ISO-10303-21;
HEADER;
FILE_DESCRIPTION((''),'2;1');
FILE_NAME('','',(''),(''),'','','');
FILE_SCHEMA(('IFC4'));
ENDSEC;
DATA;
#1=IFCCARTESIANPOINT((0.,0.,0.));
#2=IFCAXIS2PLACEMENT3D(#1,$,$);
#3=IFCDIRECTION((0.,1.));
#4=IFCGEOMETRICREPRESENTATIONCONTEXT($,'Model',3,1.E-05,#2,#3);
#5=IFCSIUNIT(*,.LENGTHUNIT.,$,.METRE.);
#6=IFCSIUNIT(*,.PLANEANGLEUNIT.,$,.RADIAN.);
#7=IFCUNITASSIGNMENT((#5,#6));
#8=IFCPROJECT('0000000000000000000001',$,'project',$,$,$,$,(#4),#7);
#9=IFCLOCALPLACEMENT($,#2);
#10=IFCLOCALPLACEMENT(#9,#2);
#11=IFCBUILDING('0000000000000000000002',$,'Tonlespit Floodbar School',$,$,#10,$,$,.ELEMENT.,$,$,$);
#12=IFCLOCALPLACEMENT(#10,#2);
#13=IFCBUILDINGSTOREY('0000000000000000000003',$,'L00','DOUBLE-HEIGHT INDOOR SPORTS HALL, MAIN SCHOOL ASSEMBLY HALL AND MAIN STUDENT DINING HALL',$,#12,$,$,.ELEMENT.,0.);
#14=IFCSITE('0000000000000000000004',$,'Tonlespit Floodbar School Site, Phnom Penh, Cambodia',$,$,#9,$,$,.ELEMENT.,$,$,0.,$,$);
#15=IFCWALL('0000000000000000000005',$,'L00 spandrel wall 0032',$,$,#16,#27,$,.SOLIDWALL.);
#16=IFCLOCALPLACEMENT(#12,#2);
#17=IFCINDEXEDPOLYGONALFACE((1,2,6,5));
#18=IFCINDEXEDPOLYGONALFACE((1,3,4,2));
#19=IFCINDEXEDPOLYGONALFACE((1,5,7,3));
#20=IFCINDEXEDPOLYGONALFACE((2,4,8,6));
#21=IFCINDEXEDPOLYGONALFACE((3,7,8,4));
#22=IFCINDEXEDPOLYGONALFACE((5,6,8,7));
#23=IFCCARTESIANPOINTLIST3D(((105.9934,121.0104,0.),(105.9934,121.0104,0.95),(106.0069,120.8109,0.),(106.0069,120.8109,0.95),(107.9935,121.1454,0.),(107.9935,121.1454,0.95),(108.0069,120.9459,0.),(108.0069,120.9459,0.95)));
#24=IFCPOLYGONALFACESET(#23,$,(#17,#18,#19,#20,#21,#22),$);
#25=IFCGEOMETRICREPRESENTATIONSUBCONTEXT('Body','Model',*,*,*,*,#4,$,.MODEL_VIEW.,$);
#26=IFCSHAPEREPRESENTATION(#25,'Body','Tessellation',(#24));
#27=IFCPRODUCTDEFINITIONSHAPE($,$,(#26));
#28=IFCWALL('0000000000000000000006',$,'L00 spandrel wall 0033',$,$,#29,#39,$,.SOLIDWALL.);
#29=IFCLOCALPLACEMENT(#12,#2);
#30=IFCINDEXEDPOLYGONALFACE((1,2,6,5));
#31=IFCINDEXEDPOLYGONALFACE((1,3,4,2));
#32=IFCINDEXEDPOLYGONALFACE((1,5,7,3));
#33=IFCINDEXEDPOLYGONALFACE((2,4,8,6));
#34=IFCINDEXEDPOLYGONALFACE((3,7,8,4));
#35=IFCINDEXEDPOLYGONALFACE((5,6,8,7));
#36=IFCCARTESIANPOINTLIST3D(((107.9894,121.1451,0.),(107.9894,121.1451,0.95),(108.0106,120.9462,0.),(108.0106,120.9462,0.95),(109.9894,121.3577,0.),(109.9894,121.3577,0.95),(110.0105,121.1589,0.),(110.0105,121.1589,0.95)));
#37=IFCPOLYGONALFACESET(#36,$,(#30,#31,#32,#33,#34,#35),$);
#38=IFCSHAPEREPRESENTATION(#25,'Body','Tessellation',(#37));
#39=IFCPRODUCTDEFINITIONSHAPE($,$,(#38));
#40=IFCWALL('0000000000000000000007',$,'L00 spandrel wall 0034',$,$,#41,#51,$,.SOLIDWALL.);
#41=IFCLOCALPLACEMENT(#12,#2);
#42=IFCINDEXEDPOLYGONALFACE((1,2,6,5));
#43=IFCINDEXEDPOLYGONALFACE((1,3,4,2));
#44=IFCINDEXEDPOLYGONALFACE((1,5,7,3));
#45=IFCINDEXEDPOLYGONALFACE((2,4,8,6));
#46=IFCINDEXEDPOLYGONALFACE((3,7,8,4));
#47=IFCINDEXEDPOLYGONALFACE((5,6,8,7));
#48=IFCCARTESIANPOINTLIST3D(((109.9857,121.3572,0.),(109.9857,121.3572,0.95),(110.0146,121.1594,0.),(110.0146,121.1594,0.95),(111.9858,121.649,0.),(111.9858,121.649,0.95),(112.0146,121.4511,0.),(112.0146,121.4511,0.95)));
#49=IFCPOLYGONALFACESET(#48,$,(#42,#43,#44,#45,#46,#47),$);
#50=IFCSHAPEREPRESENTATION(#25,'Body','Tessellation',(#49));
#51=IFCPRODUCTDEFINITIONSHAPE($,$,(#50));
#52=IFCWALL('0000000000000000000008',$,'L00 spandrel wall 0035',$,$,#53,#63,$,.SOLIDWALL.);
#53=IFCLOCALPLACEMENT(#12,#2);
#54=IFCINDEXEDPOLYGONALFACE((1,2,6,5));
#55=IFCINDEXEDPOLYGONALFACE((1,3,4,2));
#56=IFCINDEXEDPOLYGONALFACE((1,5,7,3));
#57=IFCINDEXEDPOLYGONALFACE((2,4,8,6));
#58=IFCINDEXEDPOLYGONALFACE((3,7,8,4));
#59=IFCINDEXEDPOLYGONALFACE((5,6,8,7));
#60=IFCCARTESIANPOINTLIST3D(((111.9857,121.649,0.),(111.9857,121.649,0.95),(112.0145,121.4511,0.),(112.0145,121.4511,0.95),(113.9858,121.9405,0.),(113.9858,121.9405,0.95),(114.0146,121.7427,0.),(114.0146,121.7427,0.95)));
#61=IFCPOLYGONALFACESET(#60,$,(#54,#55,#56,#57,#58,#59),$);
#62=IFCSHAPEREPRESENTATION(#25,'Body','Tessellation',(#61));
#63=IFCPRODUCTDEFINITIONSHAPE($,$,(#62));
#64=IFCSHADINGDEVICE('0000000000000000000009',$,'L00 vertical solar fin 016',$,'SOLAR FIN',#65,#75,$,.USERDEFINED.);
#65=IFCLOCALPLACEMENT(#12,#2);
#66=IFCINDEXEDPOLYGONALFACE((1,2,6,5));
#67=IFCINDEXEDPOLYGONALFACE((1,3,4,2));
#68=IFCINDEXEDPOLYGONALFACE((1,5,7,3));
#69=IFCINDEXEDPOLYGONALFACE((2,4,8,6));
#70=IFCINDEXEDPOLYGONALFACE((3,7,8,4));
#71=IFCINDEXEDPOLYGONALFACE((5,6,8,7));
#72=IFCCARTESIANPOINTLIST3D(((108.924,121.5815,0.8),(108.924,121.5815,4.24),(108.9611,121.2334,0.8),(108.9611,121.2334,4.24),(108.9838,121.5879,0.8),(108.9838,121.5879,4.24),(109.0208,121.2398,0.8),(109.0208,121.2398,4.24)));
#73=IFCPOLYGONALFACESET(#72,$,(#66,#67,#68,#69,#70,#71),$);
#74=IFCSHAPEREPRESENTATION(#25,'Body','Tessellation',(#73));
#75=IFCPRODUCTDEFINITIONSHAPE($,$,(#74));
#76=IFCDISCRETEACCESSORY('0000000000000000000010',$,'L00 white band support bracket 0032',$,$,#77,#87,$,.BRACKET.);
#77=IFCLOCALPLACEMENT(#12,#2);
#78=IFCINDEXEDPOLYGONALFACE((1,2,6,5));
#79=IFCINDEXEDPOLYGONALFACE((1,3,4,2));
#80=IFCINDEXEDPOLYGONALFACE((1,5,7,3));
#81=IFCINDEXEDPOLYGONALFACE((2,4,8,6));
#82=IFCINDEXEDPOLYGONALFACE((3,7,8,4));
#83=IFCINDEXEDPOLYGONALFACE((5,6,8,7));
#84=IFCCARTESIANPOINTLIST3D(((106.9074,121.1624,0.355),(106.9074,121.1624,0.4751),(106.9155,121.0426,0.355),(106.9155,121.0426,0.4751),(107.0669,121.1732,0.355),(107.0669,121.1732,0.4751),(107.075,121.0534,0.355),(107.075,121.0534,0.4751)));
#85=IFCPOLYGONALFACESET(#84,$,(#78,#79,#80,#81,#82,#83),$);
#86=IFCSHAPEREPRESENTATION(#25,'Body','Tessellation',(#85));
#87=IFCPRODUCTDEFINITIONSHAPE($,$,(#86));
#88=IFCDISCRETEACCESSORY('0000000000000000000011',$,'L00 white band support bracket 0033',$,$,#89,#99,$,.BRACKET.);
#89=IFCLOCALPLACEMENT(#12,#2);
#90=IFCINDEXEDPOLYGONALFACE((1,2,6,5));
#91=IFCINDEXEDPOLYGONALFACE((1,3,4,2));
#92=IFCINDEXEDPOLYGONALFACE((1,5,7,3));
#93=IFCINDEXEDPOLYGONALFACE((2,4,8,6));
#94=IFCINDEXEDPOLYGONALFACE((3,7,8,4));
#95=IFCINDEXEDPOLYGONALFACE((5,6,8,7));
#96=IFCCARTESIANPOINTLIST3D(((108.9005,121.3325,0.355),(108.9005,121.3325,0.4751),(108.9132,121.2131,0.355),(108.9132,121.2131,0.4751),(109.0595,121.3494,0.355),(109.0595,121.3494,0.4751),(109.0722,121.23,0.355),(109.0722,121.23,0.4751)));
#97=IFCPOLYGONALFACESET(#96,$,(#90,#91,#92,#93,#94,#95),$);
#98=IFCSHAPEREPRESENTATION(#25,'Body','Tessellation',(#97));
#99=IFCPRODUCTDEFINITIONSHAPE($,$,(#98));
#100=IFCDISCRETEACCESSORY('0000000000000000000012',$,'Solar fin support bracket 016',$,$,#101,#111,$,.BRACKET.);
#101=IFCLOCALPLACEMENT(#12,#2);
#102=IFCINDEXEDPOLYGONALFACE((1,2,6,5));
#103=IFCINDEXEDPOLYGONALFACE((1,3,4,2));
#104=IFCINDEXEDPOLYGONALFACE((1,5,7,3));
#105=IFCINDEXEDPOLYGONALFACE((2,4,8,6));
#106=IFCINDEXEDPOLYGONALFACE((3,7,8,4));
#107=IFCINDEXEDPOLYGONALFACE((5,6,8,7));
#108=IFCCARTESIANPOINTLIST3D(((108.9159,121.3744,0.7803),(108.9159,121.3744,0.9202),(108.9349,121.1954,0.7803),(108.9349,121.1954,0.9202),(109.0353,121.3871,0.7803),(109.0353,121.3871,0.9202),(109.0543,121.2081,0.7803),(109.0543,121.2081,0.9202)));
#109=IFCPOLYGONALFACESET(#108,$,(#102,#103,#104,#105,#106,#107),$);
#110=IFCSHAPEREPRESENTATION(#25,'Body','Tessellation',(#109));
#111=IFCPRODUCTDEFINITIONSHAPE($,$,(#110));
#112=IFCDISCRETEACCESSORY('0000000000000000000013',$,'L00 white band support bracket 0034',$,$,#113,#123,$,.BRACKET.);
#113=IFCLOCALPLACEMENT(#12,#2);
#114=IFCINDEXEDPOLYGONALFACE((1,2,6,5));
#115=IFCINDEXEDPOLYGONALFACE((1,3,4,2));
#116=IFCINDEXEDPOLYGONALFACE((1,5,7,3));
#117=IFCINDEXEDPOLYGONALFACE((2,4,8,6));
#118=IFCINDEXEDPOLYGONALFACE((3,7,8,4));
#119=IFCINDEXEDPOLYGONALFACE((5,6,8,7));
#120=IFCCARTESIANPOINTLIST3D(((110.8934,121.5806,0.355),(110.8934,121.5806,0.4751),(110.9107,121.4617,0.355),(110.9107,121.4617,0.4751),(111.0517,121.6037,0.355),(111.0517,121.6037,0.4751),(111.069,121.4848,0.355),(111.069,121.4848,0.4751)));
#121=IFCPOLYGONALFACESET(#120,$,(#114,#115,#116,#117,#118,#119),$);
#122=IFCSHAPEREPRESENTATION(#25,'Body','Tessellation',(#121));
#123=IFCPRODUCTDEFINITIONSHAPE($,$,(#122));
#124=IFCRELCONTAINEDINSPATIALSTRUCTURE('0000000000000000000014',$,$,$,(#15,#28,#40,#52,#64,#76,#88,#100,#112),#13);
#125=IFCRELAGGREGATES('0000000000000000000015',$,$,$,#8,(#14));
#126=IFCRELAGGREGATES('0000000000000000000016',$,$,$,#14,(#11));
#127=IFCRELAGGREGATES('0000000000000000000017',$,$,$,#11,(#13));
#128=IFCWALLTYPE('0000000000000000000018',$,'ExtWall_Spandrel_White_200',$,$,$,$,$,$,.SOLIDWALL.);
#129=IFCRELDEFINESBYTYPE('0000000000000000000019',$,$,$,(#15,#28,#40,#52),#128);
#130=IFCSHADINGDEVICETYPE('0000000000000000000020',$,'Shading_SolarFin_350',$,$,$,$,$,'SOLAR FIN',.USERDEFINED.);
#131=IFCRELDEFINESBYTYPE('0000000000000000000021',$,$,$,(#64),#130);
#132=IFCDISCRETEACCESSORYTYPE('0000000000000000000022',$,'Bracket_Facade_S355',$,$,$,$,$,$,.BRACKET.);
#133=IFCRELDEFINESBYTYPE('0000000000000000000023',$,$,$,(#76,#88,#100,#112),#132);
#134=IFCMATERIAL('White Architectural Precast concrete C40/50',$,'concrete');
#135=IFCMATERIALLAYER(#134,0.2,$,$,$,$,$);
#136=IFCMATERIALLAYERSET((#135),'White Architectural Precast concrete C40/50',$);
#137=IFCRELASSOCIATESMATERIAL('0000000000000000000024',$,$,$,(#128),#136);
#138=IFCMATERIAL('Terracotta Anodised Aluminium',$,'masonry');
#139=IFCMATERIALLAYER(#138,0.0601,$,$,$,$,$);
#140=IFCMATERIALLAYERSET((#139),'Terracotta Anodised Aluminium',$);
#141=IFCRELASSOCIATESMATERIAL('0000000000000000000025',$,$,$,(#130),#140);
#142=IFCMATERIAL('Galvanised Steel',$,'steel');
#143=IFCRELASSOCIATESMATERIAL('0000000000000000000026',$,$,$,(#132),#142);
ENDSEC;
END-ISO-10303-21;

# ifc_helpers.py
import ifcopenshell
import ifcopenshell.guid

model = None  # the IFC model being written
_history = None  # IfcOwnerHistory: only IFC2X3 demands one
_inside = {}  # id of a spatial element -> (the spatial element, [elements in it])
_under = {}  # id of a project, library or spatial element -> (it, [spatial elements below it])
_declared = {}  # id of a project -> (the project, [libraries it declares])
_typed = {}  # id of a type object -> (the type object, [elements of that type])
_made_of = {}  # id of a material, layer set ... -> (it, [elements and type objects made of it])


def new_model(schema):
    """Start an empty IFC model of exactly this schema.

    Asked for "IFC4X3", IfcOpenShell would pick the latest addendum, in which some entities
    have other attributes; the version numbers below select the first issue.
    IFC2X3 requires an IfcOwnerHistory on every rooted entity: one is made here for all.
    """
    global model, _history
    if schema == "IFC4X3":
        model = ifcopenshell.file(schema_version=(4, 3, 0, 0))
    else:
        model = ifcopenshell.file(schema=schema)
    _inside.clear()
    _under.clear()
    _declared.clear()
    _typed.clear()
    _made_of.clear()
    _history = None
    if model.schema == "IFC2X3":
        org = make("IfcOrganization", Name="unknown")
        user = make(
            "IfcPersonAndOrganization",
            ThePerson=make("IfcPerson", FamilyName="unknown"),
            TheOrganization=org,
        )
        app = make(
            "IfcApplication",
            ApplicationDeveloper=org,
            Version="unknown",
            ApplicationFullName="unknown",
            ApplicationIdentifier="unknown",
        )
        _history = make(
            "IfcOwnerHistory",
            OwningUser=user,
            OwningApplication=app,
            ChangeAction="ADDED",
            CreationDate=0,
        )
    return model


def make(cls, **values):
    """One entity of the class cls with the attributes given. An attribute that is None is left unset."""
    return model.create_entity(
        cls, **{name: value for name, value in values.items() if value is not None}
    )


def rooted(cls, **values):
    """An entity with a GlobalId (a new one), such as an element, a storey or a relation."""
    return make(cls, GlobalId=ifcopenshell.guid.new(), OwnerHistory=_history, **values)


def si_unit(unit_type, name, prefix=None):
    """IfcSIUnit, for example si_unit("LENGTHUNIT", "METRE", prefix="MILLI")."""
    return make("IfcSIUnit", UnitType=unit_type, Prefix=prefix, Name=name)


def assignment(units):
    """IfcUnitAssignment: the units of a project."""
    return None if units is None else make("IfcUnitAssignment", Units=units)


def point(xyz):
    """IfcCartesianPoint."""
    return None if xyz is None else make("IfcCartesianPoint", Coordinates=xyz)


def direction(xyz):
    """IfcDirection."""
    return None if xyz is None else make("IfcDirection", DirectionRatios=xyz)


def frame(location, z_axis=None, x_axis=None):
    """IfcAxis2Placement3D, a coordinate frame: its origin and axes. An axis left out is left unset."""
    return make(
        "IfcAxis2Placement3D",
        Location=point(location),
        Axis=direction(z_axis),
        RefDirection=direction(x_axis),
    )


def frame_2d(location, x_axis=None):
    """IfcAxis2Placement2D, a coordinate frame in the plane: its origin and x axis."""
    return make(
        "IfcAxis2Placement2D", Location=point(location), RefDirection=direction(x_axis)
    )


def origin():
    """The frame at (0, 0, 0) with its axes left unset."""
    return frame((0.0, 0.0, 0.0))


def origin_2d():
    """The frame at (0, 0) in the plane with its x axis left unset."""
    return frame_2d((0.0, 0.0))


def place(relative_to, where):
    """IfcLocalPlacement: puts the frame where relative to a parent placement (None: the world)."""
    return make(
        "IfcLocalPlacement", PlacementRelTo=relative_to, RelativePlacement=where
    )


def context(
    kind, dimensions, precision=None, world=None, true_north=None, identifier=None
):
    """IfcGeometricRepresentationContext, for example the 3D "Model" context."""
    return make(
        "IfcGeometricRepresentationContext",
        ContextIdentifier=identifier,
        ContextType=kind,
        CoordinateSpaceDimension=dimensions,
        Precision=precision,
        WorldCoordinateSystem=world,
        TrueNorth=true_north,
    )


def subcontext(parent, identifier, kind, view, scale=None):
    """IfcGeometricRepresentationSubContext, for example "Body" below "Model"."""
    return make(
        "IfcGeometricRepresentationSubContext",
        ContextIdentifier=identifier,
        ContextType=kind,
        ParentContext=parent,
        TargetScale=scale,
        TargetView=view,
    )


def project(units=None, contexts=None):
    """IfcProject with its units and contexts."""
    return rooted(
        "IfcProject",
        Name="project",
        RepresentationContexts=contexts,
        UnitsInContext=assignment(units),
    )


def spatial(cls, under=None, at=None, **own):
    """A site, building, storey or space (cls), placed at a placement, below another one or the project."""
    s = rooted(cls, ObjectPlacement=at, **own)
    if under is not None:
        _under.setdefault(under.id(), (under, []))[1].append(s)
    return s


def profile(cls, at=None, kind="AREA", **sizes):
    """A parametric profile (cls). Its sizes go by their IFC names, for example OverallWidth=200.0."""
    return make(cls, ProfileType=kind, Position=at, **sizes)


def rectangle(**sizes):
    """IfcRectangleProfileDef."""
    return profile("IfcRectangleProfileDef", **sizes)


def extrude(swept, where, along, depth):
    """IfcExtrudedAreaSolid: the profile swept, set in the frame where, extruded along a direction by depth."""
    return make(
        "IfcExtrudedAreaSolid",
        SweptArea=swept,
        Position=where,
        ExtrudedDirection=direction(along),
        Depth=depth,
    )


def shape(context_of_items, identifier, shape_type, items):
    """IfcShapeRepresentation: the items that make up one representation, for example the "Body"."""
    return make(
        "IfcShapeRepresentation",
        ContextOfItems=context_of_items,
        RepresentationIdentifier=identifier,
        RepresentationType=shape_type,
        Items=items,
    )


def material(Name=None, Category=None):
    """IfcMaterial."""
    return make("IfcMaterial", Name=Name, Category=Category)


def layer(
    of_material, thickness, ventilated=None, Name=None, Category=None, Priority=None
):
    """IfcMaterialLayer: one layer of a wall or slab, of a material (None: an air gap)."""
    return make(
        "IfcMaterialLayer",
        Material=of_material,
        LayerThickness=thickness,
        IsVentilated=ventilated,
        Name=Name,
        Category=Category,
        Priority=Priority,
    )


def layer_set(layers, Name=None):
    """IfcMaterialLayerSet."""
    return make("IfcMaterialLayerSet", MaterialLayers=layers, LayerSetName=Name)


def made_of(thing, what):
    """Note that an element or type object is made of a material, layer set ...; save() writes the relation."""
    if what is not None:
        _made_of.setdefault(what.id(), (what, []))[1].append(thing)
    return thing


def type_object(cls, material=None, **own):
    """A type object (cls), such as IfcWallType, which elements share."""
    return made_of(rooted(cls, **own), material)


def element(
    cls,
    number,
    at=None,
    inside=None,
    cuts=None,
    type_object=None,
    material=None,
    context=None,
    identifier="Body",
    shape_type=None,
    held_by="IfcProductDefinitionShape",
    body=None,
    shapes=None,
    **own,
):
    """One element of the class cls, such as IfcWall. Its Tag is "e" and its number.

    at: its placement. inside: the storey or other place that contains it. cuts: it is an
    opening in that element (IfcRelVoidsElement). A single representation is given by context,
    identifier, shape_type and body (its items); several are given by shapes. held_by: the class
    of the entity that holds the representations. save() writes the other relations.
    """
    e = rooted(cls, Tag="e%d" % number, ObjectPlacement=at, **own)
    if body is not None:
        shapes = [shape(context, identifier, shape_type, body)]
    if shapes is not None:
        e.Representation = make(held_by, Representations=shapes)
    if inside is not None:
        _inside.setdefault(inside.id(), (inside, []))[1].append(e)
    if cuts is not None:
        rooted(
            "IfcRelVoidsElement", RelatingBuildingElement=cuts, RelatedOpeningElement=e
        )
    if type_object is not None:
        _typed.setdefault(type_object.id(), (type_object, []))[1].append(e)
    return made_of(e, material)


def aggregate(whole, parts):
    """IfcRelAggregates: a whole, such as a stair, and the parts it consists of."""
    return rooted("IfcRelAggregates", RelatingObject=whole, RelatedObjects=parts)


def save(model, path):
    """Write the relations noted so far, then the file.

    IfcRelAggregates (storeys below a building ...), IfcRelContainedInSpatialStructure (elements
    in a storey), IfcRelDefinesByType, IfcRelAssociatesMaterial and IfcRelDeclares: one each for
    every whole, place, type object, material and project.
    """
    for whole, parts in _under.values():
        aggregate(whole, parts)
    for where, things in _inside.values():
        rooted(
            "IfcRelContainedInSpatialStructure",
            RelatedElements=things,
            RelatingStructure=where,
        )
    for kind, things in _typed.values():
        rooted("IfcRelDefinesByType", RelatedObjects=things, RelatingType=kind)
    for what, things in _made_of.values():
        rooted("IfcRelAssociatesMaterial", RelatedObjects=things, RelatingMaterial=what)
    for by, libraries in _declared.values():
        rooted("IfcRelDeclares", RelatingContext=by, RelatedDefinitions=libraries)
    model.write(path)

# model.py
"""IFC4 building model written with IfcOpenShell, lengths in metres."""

from ifc_helpers import new_model, si_unit, direction, frame, frame_2d, origin, origin_2d, place, context, subcontext, project, spatial, rectangle, extrude, material, layer, layer_set, type_object, element, save


model = new_model("IFC4")

# Units and contexts
model_context = context("Model", 3, precision=1e-05, world=origin(), true_north=direction((0.0, 1.0)))
body_context = subcontext(model_context, "Body", "Model", "MODEL_VIEW")
ifc_project = project(units=[si_unit("LENGTHUNIT", "METRE"), si_unit("PLANEANGLEUNIT", "RADIAN")], contexts=[model_context])

# Site, building, storey
site_placement = place(None, origin())
site = spatial("IfcSite", under=ifc_project, at=site_placement, Name="Tonlespit Floodbar School Site, Phnom Penh, Cambodia", CompositionType="ELEMENT", RefElevation=0.0)
building_placement = place(site_placement, origin())
building = spatial("IfcBuilding", under=site, at=building_placement, Name="Tonlespit Floodbar School", CompositionType="ELEMENT")
storey_placement = place(building_placement, origin())
storey = spatial("IfcBuildingStorey", under=building, at=storey_placement, Name="L00", Description="DOUBLE-HEIGHT INDOOR SPORTS HALL, MAIN SCHOOL ASSEMBLY HALL AND MAIN STUDENT DINING HALL", CompositionType="ELEMENT", Elevation=0.0)

# Walls
ifc_material_1 = material(Name="White Architectural Precast concrete C40/50", Category="concrete")
ifc_layer_1 = layer(ifc_material_1, 0.2)
ifc_layer_set_1 = layer_set([ifc_layer_1], Name="White Architectural Precast concrete C40/50")
wall_type = type_object("IfcWallType", Name="ExtWall_Spandrel_White_200", PredefinedType="SOLIDWALL", material=ifc_layer_set_1)
wall_1_placement = place(storey_placement, frame((106.0, 120.9106, 0.0), z_axis=(0.0, 0.0, 1.0), x_axis=(0.997729, 0.067352, 0.0)))
element("IfcWall", 1, at=wall_1_placement, inside=storey, type_object=wall_type, Name="L00 spandrel wall 0032", PredefinedType="SOLIDWALL", context=body_context, shape_type="SweptSolid", body=[
    extrude(rectangle(XDim=2.0046, YDim=0.2, at=frame_2d((1.0024, 0.0))), origin(), (0.0, 0.0, 1.0), 0.95),
])
wall_2_placement = place(storey_placement, frame((108.0, 121.0457, 0.0), z_axis=(0.0, 0.0, 1.0), x_axis=(0.994395, 0.105727, 0.0)))
element("IfcWall", 2, at=wall_2_placement, inside=storey, type_object=wall_type, Name="L00 spandrel wall 0033", PredefinedType="SOLIDWALL", context=body_context, shape_type="SweptSolid", body=[
    extrude(rectangle(XDim=2.0112, YDim=0.2, at=frame_2d((1.0056, 0.0))), origin(), (0.0, 0.0, 1.0), 0.95),
])
for number, where, z_axis, x_axis, name in (
    (3, (110.0, 121.2583, 0.0), (0.0, 0.0, 1.0), (0.989527, 0.144346, 0.0), "L00 spandrel wall 0034"),
    (4, (112.0, 121.55, 0.0), (0.0, 0.0, 1.0), (0.989544, 0.144228, 0.0), "L00 spandrel wall 0035"),
):
    element("IfcWall", number, at=place(storey_placement, frame(where, z_axis=z_axis, x_axis=x_axis)), inside=storey, type_object=wall_type, Name=name, PredefinedType="SOLIDWALL", context=body_context, shape_type="SweptSolid", body=[
        extrude(rectangle(XDim=2.0212, YDim=0.2, at=frame_2d((1.0107, 0.0))), origin(), (0.0, 0.0, 1.0), 0.95),
    ])

# Shading device
ifc_material_2 = material(Name="Terracotta Anodised Aluminium", Category="masonry")
ifc_layer_2 = layer(ifc_material_2, 0.0601)
ifc_layer_set_2 = layer_set([ifc_layer_2], Name="Terracotta Anodised Aluminium")
shading_device_type = type_object("IfcShadingDeviceType", Name="Shading_SolarFin_350", ElementType="SOLAR FIN", PredefinedType="USERDEFINED", material=ifc_layer_set_2)
shading_device_placement = place(storey_placement, frame((108.9724, 121.4106, 0.8), z_axis=(0.0, 0.0, 1.0), x_axis=(0.994392, 0.105754, 0.0)))
element("IfcShadingDevice", 5, at=shading_device_placement, inside=storey, type_object=shading_device_type, Name="L00 vertical solar fin 016", ObjectType="SOLAR FIN", PredefinedType="USERDEFINED", context=body_context, shape_type="SweptSolid", body=[
    extrude(rectangle(XDim=0.0601, YDim=0.3501, at=origin_2d()), origin(), (0.0, 0.0, 1.0), 3.4399),
])

# Discrete accessories
ifc_material_3 = material(Name="Galvanised Steel", Category="steel")
discrete_accessory_type = type_object("IfcDiscreteAccessoryType", Name="Bracket_Facade_S355", PredefinedType="BRACKET", material=ifc_material_3)
for number, where, z_axis, x_axis, name in (
    (6, (106.9912, 121.1079, 0.355), (0.0, 0.0, 1.0), (0.99773, 0.067347, 0.0), "L00 white band support bracket 0032"),
    (7, (108.9863, 121.2812, 0.355), (0.0, 0.0, 1.0), (0.994392, 0.105754, 0.0), "L00 white band support bracket 0033"),
):
    element("IfcDiscreteAccessory", number, at=place(storey_placement, frame(where, z_axis=z_axis, x_axis=x_axis)), inside=storey, type_object=discrete_accessory_type, Name=name, PredefinedType="BRACKET", context=body_context, shape_type="SweptSolid", body=[
        extrude(rectangle(XDim=0.1599, YDim=0.1201, at=origin_2d()), origin(), (0.0, 0.0, 1.0), 0.1201),
    ])
discrete_accessory_1_placement = place(storey_placement, frame((108.9851, 121.2913, 0.7803), z_axis=(0.0, 0.0, 1.0), x_axis=(0.994392, 0.105754, 0.0)))
element("IfcDiscreteAccessory", 8, at=discrete_accessory_1_placement, inside=storey, type_object=discrete_accessory_type, Name="Solar fin support bracket 016", PredefinedType="BRACKET", context=body_context, shape_type="SweptSolid", body=[
    extrude(rectangle(XDim=0.1201, YDim=0.1799, at=origin_2d()), origin(), (0.0, 0.0, 1.0), 0.1399),
])
discrete_accessory_2_placement = place(storey_placement, frame((110.9812, 121.5327, 0.355), z_axis=(0.0, 0.0, 1.0), x_axis=(0.989538, 0.144275, 0.0)))
element("IfcDiscreteAccessory", 9, at=discrete_accessory_2_placement, inside=storey, type_object=discrete_accessory_type, Name="L00 white band support bracket 0034", PredefinedType="BRACKET", context=body_context, shape_type="SweptSolid", body=[
    extrude(rectangle(XDim=0.1599, YDim=0.1201, at=origin_2d()), origin(), (0.0, 0.0, 1.0), 0.1201),
])

save(model, "model.ifc")
